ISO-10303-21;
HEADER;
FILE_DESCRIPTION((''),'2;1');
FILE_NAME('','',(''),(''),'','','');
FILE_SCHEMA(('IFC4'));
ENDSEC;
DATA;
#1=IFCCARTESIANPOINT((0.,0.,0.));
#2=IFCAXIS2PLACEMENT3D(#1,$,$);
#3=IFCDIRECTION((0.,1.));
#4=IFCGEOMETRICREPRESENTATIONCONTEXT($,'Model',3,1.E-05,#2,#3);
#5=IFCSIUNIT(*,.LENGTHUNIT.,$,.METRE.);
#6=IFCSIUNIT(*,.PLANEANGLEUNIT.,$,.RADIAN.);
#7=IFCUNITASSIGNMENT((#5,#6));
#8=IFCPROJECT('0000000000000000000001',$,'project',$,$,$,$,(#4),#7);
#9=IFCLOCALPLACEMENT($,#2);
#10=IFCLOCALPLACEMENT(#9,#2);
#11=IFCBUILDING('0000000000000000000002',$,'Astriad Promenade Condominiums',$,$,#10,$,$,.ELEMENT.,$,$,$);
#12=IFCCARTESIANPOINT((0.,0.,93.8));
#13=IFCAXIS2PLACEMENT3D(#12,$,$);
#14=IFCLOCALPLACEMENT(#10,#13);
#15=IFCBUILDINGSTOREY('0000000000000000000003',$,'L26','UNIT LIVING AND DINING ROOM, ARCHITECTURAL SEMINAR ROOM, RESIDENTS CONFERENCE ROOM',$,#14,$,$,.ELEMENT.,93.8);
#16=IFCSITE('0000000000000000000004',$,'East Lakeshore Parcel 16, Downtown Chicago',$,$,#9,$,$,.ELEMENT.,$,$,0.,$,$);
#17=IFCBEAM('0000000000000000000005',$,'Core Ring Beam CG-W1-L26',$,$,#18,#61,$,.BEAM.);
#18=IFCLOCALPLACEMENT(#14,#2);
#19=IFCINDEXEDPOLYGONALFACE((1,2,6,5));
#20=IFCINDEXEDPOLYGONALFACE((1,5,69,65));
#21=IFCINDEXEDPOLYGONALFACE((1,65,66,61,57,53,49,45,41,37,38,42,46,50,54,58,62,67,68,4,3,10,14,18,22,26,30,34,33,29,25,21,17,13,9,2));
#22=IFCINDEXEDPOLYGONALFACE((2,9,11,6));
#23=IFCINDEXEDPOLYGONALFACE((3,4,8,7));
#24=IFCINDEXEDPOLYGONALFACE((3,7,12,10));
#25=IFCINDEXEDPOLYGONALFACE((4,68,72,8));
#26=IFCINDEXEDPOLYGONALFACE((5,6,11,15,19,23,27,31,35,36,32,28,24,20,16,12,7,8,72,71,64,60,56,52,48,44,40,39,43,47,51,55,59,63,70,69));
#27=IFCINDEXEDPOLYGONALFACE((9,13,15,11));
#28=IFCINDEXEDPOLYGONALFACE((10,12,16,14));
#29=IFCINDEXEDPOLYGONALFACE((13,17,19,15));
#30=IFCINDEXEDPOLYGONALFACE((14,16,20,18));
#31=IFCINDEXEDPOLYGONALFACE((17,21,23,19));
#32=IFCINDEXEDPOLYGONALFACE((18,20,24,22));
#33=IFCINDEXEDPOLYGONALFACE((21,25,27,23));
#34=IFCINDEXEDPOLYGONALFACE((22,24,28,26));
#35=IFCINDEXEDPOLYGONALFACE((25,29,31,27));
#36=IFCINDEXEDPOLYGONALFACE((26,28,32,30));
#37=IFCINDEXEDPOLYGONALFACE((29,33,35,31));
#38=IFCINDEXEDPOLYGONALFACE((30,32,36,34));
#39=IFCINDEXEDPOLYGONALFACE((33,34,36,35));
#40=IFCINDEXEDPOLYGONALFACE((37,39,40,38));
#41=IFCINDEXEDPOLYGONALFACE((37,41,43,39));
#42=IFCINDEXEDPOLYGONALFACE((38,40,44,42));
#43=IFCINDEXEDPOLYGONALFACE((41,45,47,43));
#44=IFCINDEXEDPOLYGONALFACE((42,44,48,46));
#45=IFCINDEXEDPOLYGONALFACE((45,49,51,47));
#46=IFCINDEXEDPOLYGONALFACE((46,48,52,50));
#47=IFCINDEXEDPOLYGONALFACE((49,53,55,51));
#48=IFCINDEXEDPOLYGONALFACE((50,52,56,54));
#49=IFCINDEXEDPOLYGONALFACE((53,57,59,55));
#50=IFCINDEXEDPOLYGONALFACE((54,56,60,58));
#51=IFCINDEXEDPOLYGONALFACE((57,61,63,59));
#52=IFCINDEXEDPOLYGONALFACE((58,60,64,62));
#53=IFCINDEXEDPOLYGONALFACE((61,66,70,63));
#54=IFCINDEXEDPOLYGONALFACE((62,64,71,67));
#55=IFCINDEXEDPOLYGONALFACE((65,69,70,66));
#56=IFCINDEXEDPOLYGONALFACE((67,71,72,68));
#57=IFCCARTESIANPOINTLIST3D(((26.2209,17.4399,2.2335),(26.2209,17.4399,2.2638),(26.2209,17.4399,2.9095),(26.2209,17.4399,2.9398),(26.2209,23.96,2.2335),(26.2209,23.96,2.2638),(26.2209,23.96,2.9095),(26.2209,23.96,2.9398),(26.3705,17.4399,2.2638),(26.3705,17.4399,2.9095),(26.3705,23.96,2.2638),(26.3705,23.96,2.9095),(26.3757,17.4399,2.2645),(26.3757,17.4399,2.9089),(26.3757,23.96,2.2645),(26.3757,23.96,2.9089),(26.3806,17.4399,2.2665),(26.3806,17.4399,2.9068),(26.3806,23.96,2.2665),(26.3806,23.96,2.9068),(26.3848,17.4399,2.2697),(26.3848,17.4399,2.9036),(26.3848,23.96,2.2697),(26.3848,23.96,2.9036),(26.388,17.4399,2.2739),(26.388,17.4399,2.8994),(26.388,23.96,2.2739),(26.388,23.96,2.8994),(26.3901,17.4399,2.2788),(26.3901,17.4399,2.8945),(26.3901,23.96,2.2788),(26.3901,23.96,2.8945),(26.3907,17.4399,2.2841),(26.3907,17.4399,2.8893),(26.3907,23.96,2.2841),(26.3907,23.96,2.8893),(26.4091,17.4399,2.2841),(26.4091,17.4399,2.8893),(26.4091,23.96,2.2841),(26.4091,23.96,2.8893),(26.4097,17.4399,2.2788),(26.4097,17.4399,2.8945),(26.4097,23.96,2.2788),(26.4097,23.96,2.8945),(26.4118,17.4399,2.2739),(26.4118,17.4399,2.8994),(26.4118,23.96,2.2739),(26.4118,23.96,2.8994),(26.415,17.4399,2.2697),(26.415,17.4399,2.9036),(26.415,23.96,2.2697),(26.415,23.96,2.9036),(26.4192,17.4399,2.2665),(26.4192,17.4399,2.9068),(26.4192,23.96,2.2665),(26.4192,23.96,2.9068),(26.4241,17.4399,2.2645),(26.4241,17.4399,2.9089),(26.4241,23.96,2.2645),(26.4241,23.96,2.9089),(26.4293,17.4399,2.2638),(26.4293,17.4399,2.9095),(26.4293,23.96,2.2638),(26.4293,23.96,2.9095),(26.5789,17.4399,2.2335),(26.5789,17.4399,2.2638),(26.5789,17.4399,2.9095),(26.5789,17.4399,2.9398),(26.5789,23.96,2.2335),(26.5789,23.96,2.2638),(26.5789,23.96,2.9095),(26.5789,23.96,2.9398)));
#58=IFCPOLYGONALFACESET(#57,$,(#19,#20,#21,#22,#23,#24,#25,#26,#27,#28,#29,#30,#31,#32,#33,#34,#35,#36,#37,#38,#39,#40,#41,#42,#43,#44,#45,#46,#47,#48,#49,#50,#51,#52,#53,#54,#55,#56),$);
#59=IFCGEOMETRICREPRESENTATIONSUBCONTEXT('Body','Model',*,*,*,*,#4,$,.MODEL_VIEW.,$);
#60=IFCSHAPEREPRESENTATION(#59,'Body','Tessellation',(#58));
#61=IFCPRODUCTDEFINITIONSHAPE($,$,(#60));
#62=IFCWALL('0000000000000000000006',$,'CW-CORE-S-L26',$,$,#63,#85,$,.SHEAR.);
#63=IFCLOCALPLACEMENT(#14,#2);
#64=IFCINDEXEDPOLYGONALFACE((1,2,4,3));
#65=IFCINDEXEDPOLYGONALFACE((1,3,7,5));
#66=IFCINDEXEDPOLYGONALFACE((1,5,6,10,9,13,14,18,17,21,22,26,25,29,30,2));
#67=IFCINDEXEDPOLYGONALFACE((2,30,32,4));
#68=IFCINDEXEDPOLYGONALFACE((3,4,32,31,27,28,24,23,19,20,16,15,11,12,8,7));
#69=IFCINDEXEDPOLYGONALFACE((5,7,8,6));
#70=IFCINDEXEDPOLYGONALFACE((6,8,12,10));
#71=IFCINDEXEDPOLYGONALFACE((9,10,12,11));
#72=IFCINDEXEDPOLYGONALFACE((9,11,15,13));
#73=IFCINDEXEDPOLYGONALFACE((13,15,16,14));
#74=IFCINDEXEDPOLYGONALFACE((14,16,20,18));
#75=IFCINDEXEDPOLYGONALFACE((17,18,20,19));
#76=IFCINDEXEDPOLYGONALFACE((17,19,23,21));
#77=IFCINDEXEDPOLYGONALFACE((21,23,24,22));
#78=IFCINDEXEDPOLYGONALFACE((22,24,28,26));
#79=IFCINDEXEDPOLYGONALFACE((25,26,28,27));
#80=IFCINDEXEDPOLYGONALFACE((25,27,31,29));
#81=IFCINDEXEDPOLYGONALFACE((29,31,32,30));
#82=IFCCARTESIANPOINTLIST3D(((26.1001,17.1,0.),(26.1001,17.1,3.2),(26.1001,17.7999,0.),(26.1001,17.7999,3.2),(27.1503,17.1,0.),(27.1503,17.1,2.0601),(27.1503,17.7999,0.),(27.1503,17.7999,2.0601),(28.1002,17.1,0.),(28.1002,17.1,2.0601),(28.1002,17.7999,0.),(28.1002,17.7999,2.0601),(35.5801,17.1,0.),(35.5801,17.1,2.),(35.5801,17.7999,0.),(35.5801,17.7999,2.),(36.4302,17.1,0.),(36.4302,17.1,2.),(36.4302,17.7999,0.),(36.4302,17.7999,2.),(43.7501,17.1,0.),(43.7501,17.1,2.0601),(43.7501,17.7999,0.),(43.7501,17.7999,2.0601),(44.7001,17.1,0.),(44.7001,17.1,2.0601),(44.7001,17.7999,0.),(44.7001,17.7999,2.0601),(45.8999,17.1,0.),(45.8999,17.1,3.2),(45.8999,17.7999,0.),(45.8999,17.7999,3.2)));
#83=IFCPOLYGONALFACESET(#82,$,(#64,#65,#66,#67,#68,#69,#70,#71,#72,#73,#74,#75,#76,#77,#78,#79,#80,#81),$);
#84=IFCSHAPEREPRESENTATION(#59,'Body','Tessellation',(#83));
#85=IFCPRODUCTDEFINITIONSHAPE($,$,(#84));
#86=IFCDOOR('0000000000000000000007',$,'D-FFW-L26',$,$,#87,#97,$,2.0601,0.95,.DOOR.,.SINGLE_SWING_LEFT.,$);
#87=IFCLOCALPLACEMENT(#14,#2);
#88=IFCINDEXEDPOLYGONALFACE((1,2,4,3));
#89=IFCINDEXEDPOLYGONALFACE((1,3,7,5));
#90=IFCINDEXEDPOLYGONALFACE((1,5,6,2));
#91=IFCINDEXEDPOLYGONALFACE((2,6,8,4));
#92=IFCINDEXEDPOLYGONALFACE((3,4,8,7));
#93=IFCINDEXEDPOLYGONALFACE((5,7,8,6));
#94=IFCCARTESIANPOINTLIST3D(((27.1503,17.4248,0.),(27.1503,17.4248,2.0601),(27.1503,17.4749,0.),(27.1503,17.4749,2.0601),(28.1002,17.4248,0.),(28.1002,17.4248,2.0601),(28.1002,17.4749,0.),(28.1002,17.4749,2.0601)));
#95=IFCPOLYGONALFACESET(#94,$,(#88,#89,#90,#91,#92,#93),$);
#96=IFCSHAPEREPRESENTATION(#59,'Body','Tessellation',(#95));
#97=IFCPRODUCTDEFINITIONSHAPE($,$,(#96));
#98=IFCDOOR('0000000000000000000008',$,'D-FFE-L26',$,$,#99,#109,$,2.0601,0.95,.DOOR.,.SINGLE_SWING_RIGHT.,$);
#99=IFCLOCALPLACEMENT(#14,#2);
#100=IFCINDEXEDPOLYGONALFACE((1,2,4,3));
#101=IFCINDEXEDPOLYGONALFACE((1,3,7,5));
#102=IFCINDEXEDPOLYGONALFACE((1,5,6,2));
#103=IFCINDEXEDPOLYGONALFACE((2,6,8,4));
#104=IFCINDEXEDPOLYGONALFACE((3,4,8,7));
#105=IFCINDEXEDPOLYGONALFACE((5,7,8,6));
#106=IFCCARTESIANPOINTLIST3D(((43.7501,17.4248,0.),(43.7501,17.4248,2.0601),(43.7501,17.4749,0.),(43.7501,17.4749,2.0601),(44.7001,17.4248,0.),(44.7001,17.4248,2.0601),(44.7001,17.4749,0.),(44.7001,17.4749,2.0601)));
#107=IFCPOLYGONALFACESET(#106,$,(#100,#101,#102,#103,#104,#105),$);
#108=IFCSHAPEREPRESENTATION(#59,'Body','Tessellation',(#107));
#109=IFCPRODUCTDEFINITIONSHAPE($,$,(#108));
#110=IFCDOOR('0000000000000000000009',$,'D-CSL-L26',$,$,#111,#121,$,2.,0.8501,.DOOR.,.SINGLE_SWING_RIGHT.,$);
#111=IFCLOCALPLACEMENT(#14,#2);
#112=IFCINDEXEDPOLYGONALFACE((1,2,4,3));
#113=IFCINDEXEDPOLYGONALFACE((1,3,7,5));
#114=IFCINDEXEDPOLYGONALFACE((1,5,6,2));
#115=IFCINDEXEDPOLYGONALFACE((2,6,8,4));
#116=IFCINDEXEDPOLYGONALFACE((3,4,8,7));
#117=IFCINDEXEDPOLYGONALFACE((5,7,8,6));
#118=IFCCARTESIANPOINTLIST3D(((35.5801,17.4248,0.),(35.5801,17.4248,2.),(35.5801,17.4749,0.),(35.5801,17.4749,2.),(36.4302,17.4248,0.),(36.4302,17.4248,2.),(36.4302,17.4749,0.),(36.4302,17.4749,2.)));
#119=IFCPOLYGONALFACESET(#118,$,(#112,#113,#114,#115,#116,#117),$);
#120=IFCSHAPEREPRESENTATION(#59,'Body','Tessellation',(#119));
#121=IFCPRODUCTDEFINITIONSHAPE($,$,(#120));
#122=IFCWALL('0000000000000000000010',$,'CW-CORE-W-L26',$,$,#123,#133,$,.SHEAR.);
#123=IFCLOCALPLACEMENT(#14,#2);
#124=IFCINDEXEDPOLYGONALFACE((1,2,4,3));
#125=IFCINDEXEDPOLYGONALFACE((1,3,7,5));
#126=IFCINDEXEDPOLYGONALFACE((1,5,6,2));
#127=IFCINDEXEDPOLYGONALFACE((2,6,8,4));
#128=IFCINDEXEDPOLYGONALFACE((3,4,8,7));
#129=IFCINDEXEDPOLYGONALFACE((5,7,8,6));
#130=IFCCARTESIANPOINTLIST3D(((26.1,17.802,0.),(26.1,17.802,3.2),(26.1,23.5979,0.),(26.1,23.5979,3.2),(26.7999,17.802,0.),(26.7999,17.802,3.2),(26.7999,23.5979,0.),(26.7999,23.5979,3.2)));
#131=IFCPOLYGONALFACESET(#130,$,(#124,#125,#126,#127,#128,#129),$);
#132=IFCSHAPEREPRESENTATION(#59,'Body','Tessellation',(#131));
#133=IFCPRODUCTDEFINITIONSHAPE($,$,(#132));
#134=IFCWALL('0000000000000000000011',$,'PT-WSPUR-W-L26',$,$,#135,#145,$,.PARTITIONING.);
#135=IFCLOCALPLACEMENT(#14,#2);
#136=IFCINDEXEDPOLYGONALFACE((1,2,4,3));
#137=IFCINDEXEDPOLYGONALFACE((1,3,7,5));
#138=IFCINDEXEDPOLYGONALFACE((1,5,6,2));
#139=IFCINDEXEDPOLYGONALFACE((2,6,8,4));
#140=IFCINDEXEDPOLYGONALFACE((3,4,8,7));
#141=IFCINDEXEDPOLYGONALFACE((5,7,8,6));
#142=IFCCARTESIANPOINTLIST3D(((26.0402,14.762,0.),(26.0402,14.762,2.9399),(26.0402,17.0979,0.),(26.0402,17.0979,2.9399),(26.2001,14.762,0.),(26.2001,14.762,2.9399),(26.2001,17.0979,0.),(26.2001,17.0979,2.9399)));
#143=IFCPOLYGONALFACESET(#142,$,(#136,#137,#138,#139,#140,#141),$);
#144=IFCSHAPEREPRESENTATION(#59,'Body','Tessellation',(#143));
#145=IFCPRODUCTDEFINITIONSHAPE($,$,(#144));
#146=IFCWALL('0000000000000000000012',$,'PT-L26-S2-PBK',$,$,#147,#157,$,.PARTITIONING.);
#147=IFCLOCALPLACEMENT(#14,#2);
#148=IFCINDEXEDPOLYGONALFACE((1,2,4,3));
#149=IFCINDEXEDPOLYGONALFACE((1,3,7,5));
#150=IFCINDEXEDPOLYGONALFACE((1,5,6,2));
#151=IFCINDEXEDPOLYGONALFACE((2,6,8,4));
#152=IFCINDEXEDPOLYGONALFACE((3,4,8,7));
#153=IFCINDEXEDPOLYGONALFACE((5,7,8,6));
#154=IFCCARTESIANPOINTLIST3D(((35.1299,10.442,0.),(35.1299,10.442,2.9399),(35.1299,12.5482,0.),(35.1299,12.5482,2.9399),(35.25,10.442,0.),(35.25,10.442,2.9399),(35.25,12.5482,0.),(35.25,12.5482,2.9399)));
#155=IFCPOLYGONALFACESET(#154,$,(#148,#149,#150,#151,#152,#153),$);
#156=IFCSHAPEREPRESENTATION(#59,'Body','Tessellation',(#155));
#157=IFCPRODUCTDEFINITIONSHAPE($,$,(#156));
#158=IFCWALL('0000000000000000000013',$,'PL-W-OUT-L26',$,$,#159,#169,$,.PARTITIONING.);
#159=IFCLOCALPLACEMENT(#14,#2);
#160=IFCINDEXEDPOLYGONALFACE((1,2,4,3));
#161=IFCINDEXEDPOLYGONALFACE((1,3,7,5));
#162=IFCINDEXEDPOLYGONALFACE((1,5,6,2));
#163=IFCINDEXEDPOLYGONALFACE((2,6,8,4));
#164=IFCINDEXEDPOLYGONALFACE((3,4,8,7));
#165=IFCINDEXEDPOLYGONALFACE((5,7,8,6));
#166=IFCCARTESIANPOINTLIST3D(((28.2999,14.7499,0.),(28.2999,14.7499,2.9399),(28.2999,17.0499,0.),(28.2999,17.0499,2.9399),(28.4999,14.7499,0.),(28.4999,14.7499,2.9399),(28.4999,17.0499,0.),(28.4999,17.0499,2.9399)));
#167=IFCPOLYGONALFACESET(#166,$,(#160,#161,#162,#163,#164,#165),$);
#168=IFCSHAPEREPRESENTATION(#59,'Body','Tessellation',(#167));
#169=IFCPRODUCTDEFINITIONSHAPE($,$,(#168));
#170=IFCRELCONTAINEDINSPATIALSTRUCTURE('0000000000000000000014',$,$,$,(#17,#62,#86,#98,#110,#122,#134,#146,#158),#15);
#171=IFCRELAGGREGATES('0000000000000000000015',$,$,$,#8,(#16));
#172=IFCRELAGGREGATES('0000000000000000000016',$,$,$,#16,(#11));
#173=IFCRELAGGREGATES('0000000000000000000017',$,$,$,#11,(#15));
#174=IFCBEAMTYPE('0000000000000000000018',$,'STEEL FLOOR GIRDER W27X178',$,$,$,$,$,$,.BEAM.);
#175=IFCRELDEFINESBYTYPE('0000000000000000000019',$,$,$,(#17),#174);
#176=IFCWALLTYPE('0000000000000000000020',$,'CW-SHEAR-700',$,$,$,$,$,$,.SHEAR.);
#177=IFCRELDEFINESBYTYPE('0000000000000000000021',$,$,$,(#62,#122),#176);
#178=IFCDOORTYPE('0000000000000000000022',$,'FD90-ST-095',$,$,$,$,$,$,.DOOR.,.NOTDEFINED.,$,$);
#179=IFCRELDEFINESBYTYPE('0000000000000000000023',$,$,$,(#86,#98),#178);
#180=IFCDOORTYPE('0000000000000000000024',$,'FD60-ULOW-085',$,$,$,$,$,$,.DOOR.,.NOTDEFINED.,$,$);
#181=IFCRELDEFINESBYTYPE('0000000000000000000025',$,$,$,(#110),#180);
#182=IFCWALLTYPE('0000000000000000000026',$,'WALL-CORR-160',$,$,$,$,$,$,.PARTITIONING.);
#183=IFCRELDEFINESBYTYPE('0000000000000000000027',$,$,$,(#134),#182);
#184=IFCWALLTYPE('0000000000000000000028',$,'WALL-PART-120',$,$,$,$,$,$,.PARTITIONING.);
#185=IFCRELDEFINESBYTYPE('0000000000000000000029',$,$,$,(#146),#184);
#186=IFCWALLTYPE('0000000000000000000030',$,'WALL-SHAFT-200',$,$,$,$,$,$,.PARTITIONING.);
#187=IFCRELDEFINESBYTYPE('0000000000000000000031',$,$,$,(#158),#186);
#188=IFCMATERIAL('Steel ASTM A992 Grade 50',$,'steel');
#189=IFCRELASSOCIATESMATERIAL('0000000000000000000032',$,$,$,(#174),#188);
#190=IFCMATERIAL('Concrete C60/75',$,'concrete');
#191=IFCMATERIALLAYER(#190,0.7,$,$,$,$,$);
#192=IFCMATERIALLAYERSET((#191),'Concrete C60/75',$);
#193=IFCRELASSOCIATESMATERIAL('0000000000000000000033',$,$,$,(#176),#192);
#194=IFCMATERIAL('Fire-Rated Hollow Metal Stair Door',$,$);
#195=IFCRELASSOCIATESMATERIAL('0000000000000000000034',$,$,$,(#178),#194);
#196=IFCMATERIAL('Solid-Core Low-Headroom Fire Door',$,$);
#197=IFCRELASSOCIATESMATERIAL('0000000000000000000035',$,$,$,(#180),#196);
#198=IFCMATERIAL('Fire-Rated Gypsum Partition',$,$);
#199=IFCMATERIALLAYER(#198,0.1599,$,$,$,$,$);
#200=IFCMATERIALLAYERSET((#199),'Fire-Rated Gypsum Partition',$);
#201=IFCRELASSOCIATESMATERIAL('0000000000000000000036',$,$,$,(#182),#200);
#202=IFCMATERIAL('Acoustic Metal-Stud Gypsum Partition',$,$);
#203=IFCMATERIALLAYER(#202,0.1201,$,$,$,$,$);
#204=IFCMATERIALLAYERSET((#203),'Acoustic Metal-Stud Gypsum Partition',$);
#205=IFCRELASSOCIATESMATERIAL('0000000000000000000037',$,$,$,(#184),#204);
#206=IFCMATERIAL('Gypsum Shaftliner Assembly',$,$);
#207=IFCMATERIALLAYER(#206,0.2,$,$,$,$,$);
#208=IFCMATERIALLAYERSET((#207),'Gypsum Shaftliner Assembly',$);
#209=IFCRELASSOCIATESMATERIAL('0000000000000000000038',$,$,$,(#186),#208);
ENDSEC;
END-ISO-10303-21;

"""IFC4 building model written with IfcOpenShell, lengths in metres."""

from ifc_helpers import new_model, si_unit, direction, frame, frame_2d, origin, origin_2d, place, context, subcontext, project, spatial, rectangle, i_section, extrude, source, transform, mapped, material, layer, layer_set, material_profile, profile_set, type_object, type_shapes, element, fill, save


model = new_model("IFC4")

# Units and contexts
model_context = context("Model", 3, precision=1e-05, world=origin(), true_north=direction((0.0, 1.0)))
body_context = subcontext(model_context, "Body", "Model", "MODEL_VIEW")
ifc_project = project(units=[si_unit("LENGTHUNIT", "METRE"), si_unit("PLANEANGLEUNIT", "RADIAN")], contexts=[model_context])

# Site, building, storey
site_placement = place(None, origin())
site = spatial("IfcSite", under=ifc_project, at=site_placement, Name="East Lakeshore Parcel 16, Downtown Chicago", CompositionType="ELEMENT", RefElevation=0.0)
building_placement = place(site_placement, origin())
building = spatial("IfcBuilding", under=site, at=building_placement, Name="Astriad Promenade Condominiums", CompositionType="ELEMENT")
storey_placement = place(building_placement, frame((0.0, 0.0, 93.8)))
storey = spatial("IfcBuildingStorey", under=building, at=storey_placement, Name="L26", Description="UNIT LIVING AND DINING ROOM, ARCHITECTURAL SEMINAR ROOM, RESIDENTS CONFERENCE ROOM", CompositionType="ELEMENT", Elevation=93.8)

# Shared definitions
ifc_material_1 = material(Name="Steel ASTM A992 Grade 50", Category="steel")

# Beam
ifc_material_profile_1 = material_profile(ifc_material_1, i_section(OverallWidth=0.3579, OverallDepth=0.7063, WebThickness=0.0183, FlangeThickness=0.0303, FilletRadius=0.0203, at=origin_2d()), Name="W27X178")
ifc_profile_set_1 = profile_set([ifc_material_profile_1], Name="Steel ASTM A992 Grade 50")
beam_type_1 = type_object("IfcBeamType", Name="STEEL FLOOR GIRDER W27X178", PredefinedType="BEAM", material=ifc_profile_set_1)
shared_shape_1 = source(origin(), body_context, "Body", "SweptSolid", [
    extrude(i_section(OverallWidth=0.3579, OverallDepth=0.7063, WebThickness=0.0183, FlangeThickness=0.0303, FilletRadius=0.0203, at=origin_2d()), origin(), (0.0, 0.0, 1.0), 6.52),
])
type_shapes(beam_type_1, [shared_shape_1])
beam_1_placement = place(storey_placement, frame((26.3999, 17.4399, 2.5867), z_axis=(0.0, 1.0, 0.0), x_axis=(-1.0, 0.0, 0.0)))
element("IfcBeam", 1, at=beam_1_placement, inside=storey, type_object=beam_type_1, Name="Core Ring Beam CG-W1-L26", PredefinedType="BEAM", context=body_context, shape_type="MappedRepresentation", body=[
    mapped(shared_shape_1, transform((0.0, 0.0, 0.0), scale=1.0)),
])

# Wall, openings, doors
ifc_material_2 = material(Name="Concrete C60/75", Category="concrete")
ifc_layer_1 = layer(ifc_material_2, 0.7)
ifc_layer_set_1 = layer_set([ifc_layer_1], Name="Concrete C60/75")
wall_type_1 = type_object("IfcWallType", Name="CW-SHEAR-700", PredefinedType="SHEAR", material=ifc_layer_set_1)
wall_1_placement = place(storey_placement, frame((26.1001, 17.45, 0.0), z_axis=(0.0, 0.0, 1.0), x_axis=(1.0, 0.0, 0.0)))
wall_1 = element("IfcWall", 2, at=wall_1_placement, inside=storey, type_object=wall_type_1, Name="CW-CORE-S-L26", PredefinedType="SHEAR", context=body_context, shape_type="SweptSolid", body=[
    extrude(rectangle(XDim=19.7998, YDim=0.7, at=frame_2d((9.8999, 0.0))), origin(), (0.0, 0.0, 1.0), 3.2),
])
opening_1_placement = place(wall_1_placement, frame((1.05, 0.0, 0.0)))
opening_1 = element("IfcOpeningElement", 3, at=opening_1_placement, cuts=wall_1, PredefinedType="OPENING", context=body_context, shape_type="SweptSolid", body=[
    extrude(rectangle(XDim=0.95, YDim=2.0601, at=frame_2d((0.4751, 1.03))), frame((0.0, 0.3599, 0.0), z_axis=(0.0, -1.0, 0.0), x_axis=(1.0, 0.0, 0.0)), (0.0, 0.0, 1.0), 0.72),
])
opening_2_placement = place(wall_1_placement, frame((9.48, 0.0, 0.0)))
opening_2 = element("IfcOpeningElement", 4, at=opening_2_placement, cuts=wall_1, PredefinedType="OPENING", context=body_context, shape_type="SweptSolid", body=[
    extrude(rectangle(XDim=0.8501, YDim=2.0, at=frame_2d((0.425, 1.0))), frame((0.0, 0.3599, 0.0), z_axis=(0.0, -1.0, 0.0), x_axis=(1.0, 0.0, 0.0)), (0.0, 0.0, 1.0), 0.72),
])
opening_3_placement = place(wall_1_placement, frame((17.6499, 0.0, 0.0)))
opening_3 = element("IfcOpeningElement", 5, at=opening_3_placement, cuts=wall_1, PredefinedType="OPENING", context=body_context, shape_type="SweptSolid", body=[
    extrude(rectangle(XDim=0.95, YDim=2.0601, at=frame_2d((0.4751, 1.03))), frame((0.0, 0.3599, 0.0), z_axis=(0.0, -1.0, 0.0), x_axis=(1.0, 0.0, 0.0)), (0.0, 0.0, 1.0), 0.72),
])
ifc_material_3 = material(Name="Fire-Rated Hollow Metal Stair Door")
door_type_1 = type_object("IfcDoorType", Name="FD90-ST-095", OperationType="NOTDEFINED", PredefinedType="DOOR", material=ifc_material_3)
shared_shape_2 = source(origin(), body_context, "Body", "SweptSolid", [
    extrude(rectangle(XDim=0.95, YDim=2.0601, at=frame_2d((0.4751, 1.03))), frame((0.0, 0.0249, 0.0), z_axis=(0.0, -1.0, 0.0), x_axis=(1.0, 0.0, 0.0)), (0.0, 0.0, 1.0), 0.05),
])
type_shapes(door_type_1, [shared_shape_2])
door_1_placement = place(opening_1_placement, origin())
door_1 = element("IfcDoor", 6, at=door_1_placement, inside=storey, type_object=door_type_1, Name="D-FFW-L26", OperationType="SINGLE_SWING_LEFT", OverallHeight=2.0601, OverallWidth=0.95, PredefinedType="DOOR", context=body_context, shape_type="MappedRepresentation", body=[
    mapped(shared_shape_2, transform((0.0, 0.0, 0.0), scale=1.0)),
])
fill(opening_1, door_1)
door_2_placement = place(opening_3_placement, origin())
door_2 = element("IfcDoor", 7, at=door_2_placement, inside=storey, type_object=door_type_1, Name="D-FFE-L26", OperationType="SINGLE_SWING_RIGHT", OverallHeight=2.0601, OverallWidth=0.95, PredefinedType="DOOR", context=body_context, shape_type="MappedRepresentation", body=[
    mapped(shared_shape_2, transform((0.0, 0.0, 0.0), scale=1.0)),
])
fill(opening_3, door_2)
ifc_material_4 = material(Name="Solid-Core Low-Headroom Fire Door")
door_type_2 = type_object("IfcDoorType", Name="FD60-ULOW-085", OperationType="NOTDEFINED", PredefinedType="DOOR", material=ifc_material_4)
shared_shape_3 = source(origin(), body_context, "Body", "SweptSolid", [
    extrude(rectangle(XDim=0.8501, YDim=2.0, at=frame_2d((0.425, 1.0))), frame((0.0, 0.0249, 0.0), z_axis=(0.0, -1.0, 0.0), x_axis=(1.0, 0.0, 0.0)), (0.0, 0.0, 1.0), 0.05),
])
type_shapes(door_type_2, [shared_shape_3])
door_3_placement = place(opening_2_placement, origin())
door_3 = element("IfcDoor", 8, at=door_3_placement, inside=storey, type_object=door_type_2, Name="D-CSL-L26", OperationType="SINGLE_SWING_RIGHT", OverallHeight=2.0, OverallWidth=0.8501, PredefinedType="DOOR", context=body_context, shape_type="MappedRepresentation", body=[
    mapped(shared_shape_3, transform((0.0, 0.0, 0.0), scale=1.0)),
])
fill(opening_2, door_3)

# Walls
wall_2_placement = place(storey_placement, frame((26.45, 17.802, 0.0), z_axis=(0.0, 0.0, 1.0), x_axis=(0.0, 1.0, 0.0)))
element("IfcWall", 9, at=wall_2_placement, inside=storey, type_object=wall_type_1, Name="CW-CORE-W-L26", PredefinedType="SHEAR", context=body_context, shape_type="SweptSolid", body=[
    extrude(rectangle(XDim=5.7959, YDim=0.7, at=frame_2d((2.8979, 0.0))), origin(), (0.0, 0.0, 1.0), 3.2),
])
ifc_material_5 = material(Name="Fire-Rated Gypsum Partition")
ifc_layer_2 = layer(ifc_material_5, 0.1599)
ifc_layer_set_2 = layer_set([ifc_layer_2], Name="Fire-Rated Gypsum Partition")
wall_type_2 = type_object("IfcWallType", Name="WALL-CORR-160", PredefinedType="PARTITIONING", material=ifc_layer_set_2)
wall_3_placement = place(storey_placement, frame((26.1201, 14.762, 0.0), z_axis=(0.0, 0.0, 1.0), x_axis=(0.0, 1.0, 0.0)))
element("IfcWall", 10, at=wall_3_placement, inside=storey, type_object=wall_type_2, Name="PT-WSPUR-W-L26", PredefinedType="PARTITIONING", context=body_context, shape_type="SweptSolid", body=[
    extrude(rectangle(XDim=2.3359, YDim=0.1599, at=frame_2d((1.168, 0.0))), origin(), (0.0, 0.0, 1.0), 2.9399),
])
ifc_material_6 = material(Name="Acoustic Metal-Stud Gypsum Partition")
ifc_layer_3 = layer(ifc_material_6, 0.1201)
ifc_layer_set_3 = layer_set([ifc_layer_3], Name="Acoustic Metal-Stud Gypsum Partition")
wall_type_3 = type_object("IfcWallType", Name="WALL-PART-120", PredefinedType="PARTITIONING", material=ifc_layer_set_3)
wall_4_placement = place(storey_placement, frame((35.1899, 10.4419, 0.0), z_axis=(0.0, 0.0, 1.0), x_axis=(0.0, 1.0, 0.0)))
element("IfcWall", 11, at=wall_4_placement, inside=storey, type_object=wall_type_3, Name="PT-L26-S2-PBK", PredefinedType="PARTITIONING", context=body_context, shape_type="SweptSolid", body=[
    extrude(rectangle(XDim=2.1062, YDim=0.1201, at=frame_2d((1.0532, 0.0))), origin(), (0.0, 0.0, 1.0), 2.9399),
])
ifc_material_7 = material(Name="Gypsum Shaftliner Assembly")
ifc_layer_4 = layer(ifc_material_7, 0.2)
ifc_layer_set_4 = layer_set([ifc_layer_4], Name="Gypsum Shaftliner Assembly")
wall_type_4 = type_object("IfcWallType", Name="WALL-SHAFT-200", PredefinedType="PARTITIONING", material=ifc_layer_set_4)
for number, where, z_axis, x_axis, name in (
    (12, (28.3999, 14.75, 0.0), (0.0, 0.0, 1.0), (0.0, 1.0, 0.0), "PL-W-OUT-L26"),
):
    element("IfcWall", number, at=place(storey_placement, frame(where, z_axis=z_axis, x_axis=x_axis)), inside=storey, type_object=wall_type_4, Name=name, PredefinedType="PARTITIONING", context=body_context, shape_type="SweptSolid", body=[
        extrude(rectangle(XDim=2.3, YDim=0.2, at=frame_2d((1.1499, 0.0))), origin(), (0.0, 0.0, 1.0), 2.9399),
    ])

save(model, "model.ifc")
